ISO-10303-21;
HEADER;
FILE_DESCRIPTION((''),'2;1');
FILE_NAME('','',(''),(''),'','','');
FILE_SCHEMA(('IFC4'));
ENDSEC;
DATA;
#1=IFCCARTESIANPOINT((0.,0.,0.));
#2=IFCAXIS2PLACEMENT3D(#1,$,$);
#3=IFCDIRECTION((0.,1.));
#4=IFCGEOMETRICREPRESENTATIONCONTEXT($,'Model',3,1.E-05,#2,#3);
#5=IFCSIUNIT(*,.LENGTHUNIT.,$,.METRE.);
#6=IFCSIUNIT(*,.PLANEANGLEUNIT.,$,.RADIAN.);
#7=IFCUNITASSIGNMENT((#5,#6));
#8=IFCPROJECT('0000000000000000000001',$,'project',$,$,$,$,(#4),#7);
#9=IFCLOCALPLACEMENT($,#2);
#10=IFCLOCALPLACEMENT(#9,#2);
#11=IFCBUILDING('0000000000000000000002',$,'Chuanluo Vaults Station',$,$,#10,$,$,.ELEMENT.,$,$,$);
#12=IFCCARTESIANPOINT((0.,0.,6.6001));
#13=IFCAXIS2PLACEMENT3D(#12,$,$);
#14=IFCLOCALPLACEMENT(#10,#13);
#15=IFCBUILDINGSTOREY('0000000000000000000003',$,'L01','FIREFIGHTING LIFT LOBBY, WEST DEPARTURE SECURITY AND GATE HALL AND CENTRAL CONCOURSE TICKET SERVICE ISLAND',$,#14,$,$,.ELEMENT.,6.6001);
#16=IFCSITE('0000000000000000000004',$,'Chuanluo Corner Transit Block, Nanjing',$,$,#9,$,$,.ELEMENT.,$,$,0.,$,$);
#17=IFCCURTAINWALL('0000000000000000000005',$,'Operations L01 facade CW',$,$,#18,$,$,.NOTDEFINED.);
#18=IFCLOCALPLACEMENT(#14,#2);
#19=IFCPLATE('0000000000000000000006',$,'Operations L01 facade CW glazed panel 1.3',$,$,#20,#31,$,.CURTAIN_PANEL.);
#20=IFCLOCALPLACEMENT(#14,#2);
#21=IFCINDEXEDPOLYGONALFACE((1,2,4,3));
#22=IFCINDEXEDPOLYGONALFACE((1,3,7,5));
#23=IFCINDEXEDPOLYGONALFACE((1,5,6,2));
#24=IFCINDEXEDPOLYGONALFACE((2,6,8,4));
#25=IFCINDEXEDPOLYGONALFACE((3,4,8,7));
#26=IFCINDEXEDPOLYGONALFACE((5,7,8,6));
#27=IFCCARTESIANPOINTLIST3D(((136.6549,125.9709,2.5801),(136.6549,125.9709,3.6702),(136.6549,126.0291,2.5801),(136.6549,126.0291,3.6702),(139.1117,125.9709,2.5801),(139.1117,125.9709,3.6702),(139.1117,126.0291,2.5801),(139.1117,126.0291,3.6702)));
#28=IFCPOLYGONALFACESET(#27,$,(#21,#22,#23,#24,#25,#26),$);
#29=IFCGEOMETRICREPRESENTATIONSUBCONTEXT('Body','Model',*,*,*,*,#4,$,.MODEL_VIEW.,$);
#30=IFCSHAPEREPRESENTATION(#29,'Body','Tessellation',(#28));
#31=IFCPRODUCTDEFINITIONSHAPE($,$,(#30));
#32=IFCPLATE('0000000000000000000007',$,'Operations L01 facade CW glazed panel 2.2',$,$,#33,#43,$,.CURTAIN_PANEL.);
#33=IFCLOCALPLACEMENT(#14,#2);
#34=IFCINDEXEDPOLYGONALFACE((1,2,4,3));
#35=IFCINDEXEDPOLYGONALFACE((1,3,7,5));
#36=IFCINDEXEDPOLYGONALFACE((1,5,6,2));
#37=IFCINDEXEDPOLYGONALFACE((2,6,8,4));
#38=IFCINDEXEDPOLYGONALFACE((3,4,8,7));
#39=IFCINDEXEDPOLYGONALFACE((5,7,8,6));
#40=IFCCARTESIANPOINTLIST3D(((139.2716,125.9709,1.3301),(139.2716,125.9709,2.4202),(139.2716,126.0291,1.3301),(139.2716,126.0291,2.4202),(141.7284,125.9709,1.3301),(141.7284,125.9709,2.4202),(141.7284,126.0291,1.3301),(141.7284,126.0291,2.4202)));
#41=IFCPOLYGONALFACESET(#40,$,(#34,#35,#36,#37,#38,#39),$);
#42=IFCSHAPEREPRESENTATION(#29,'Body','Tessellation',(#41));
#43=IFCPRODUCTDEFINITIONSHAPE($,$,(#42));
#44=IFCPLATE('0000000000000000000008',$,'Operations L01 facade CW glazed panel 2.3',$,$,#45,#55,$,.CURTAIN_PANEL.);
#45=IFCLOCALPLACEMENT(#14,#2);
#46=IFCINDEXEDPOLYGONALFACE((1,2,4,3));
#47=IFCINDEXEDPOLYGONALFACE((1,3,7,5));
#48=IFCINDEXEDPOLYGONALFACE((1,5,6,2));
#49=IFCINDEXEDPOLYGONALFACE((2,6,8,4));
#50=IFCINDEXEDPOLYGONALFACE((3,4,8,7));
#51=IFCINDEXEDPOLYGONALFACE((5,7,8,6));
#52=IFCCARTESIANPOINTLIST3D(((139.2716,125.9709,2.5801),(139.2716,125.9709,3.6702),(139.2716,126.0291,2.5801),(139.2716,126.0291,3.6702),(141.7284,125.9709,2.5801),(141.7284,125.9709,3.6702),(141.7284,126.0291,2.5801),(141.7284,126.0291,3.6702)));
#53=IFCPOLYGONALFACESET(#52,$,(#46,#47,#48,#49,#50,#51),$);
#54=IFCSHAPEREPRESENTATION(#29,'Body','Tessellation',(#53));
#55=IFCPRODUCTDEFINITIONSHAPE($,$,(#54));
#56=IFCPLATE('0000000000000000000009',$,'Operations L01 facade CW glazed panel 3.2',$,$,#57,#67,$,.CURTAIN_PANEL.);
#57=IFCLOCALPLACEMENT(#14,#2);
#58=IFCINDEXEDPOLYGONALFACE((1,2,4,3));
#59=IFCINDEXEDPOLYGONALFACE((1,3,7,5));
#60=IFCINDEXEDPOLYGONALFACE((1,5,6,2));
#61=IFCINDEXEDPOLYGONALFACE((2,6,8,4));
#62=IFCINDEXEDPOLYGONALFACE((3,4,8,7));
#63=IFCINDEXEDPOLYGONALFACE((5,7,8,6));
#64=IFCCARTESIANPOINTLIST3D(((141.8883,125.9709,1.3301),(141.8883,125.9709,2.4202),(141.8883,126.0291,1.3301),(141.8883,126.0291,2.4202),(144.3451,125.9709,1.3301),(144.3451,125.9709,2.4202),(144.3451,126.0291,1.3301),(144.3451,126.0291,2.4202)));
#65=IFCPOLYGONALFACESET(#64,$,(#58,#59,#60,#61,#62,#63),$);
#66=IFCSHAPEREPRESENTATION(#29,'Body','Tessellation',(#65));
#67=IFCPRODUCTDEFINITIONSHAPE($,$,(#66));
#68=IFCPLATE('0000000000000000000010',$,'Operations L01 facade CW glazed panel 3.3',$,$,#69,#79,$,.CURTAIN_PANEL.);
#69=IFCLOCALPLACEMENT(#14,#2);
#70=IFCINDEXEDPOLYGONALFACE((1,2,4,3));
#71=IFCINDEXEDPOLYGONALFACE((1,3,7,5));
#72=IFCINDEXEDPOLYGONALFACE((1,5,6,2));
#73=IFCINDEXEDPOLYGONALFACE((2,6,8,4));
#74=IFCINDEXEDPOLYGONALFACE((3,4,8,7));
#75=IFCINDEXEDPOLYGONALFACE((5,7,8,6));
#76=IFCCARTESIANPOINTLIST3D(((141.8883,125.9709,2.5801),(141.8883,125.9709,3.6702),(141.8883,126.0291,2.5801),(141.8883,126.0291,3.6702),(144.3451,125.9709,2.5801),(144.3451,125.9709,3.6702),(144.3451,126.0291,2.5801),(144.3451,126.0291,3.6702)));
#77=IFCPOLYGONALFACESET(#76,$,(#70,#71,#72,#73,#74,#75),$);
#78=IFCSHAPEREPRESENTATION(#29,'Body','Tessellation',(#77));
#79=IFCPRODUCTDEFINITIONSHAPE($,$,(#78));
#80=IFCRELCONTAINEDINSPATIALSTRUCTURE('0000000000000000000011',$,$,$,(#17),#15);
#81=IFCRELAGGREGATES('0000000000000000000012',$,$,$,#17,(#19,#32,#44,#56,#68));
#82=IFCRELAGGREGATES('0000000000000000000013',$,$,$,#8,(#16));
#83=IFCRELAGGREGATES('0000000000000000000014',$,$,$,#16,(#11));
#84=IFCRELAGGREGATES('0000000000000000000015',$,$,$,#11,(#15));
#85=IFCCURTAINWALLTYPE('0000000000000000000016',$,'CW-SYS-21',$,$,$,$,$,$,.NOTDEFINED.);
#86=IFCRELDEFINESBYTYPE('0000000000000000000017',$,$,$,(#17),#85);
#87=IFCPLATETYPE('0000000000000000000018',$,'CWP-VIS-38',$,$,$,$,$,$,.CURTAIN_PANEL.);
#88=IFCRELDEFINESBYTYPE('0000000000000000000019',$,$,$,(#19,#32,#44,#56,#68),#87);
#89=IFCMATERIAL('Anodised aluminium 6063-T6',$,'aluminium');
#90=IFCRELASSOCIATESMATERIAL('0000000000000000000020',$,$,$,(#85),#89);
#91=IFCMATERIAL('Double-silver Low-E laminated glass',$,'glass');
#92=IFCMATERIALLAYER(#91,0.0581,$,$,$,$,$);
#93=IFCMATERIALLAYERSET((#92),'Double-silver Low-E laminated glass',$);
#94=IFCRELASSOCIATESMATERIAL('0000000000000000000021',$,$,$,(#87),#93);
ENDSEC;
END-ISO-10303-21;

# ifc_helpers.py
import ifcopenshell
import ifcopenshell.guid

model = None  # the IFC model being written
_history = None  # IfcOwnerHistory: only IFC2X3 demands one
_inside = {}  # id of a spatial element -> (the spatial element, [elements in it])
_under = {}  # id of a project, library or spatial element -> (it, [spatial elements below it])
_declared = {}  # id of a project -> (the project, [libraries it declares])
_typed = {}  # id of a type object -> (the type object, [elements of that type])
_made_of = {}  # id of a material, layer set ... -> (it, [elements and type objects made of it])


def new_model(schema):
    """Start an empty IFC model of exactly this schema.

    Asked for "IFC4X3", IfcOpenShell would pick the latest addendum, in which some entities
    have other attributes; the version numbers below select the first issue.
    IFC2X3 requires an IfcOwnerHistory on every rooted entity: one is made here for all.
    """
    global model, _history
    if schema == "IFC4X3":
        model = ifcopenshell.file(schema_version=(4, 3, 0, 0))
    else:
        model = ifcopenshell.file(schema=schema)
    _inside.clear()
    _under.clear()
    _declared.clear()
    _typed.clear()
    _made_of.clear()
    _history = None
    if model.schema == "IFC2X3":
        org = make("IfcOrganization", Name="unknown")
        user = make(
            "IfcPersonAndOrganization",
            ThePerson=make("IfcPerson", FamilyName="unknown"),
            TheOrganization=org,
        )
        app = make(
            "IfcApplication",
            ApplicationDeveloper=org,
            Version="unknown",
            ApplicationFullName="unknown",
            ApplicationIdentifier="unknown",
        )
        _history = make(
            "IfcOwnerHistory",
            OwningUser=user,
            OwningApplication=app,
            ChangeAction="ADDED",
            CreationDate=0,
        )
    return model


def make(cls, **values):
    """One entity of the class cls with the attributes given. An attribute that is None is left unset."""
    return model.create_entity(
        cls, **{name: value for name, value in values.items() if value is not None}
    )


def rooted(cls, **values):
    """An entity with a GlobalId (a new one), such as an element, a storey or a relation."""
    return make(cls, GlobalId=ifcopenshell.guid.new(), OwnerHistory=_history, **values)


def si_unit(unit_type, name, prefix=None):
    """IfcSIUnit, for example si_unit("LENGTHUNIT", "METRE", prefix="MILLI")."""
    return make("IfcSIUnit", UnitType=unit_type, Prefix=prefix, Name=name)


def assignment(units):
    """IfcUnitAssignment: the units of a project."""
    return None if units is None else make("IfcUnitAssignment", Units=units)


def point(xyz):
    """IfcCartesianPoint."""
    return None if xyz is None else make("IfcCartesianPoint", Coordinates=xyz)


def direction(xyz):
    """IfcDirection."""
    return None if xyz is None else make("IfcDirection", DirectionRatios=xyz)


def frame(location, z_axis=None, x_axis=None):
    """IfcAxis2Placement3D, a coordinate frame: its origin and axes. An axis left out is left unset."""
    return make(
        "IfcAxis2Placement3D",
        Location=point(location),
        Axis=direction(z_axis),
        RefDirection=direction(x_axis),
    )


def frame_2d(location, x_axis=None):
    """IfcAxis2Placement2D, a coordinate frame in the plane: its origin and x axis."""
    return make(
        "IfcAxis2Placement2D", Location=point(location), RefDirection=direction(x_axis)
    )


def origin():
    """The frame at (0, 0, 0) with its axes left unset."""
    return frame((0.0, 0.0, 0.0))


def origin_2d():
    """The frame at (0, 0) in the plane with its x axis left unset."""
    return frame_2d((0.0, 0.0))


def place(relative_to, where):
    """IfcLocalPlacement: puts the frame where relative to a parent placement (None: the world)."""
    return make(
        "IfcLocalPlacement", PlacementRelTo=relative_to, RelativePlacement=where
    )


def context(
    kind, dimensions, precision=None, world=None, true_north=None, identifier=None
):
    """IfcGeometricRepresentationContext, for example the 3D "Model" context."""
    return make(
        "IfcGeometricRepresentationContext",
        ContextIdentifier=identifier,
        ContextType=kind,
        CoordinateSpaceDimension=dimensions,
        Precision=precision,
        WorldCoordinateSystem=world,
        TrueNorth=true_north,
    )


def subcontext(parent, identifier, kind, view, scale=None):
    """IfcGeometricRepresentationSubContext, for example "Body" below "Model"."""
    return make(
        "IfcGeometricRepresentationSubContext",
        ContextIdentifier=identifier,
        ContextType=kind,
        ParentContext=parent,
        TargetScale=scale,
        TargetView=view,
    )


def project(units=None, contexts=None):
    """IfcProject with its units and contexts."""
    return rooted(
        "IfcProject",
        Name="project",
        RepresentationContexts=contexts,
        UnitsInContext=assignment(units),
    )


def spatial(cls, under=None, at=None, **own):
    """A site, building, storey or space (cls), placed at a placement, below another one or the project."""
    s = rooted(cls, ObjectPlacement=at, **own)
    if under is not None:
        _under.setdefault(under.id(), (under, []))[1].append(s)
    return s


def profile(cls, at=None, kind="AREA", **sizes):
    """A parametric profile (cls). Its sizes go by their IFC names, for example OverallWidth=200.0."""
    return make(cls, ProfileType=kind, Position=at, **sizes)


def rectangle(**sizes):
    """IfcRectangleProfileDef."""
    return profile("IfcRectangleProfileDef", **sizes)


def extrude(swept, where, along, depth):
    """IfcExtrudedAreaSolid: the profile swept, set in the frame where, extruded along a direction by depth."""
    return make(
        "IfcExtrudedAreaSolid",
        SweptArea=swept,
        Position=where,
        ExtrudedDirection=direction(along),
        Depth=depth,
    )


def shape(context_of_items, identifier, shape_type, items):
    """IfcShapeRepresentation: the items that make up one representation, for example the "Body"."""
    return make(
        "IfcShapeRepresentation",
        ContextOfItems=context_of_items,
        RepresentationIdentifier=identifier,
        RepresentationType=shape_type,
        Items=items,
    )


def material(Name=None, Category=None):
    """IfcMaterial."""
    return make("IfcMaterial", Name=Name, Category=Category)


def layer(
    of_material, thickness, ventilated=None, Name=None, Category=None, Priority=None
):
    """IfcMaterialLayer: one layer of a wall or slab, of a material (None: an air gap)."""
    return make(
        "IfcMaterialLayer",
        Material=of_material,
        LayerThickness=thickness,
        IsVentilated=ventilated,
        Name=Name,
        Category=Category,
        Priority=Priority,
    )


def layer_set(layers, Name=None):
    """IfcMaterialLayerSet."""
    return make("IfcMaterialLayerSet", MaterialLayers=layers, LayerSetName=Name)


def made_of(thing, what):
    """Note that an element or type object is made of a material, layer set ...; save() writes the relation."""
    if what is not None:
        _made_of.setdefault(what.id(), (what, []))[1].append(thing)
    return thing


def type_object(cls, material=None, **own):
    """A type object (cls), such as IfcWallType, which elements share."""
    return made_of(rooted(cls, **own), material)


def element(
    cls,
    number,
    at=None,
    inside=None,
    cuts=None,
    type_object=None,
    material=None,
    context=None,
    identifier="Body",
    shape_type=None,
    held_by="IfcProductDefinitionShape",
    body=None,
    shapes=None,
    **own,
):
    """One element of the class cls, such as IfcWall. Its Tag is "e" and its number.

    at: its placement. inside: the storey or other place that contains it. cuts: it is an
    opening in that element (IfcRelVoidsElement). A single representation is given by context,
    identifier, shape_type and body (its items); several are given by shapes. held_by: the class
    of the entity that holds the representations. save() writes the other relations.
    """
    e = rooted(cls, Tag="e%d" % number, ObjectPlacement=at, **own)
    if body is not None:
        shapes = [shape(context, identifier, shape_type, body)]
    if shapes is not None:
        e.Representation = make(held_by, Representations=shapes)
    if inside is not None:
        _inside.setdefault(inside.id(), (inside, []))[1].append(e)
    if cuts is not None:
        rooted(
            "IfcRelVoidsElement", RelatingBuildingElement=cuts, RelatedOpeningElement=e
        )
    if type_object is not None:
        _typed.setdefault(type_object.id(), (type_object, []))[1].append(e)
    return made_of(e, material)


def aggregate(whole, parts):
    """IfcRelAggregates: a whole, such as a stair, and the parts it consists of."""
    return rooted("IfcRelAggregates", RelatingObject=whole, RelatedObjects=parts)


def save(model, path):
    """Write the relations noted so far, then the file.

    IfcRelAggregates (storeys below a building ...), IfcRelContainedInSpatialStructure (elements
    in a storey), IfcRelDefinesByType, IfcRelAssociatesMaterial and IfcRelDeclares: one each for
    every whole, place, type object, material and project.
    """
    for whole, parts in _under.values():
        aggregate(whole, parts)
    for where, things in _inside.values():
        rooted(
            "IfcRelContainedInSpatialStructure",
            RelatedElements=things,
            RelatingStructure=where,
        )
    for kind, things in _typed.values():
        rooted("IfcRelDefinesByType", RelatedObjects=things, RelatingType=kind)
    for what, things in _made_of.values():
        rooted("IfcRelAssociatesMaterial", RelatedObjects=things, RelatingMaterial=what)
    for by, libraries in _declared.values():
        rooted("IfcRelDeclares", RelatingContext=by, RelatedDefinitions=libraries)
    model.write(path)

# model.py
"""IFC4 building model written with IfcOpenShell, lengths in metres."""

from ifc_helpers import new_model, si_unit, direction, frame, origin, origin_2d, place, context, subcontext, project, spatial, rectangle, extrude, material, layer, layer_set, type_object, element, aggregate, save


model = new_model("IFC4")

# Units and contexts
model_context = context("Model", 3, precision=1e-05, world=origin(), true_north=direction((0.0, 1.0)))
body_context = subcontext(model_context, "Body", "Model", "MODEL_VIEW")
ifc_project = project(units=[si_unit("LENGTHUNIT", "METRE"), si_unit("PLANEANGLEUNIT", "RADIAN")], contexts=[model_context])

# Site, building, storey
site_placement = place(None, origin())
site = spatial("IfcSite", under=ifc_project, at=site_placement, Name="Chuanluo Corner Transit Block, Nanjing", CompositionType="ELEMENT", RefElevation=0.0)
building_placement = place(site_placement, origin())
building = spatial("IfcBuilding", under=site, at=building_placement, Name="Chuanluo Vaults Station", CompositionType="ELEMENT")
storey_placement = place(building_placement, frame((0.0, 0.0, 6.6001)))
storey = spatial("IfcBuildingStorey", under=building, at=storey_placement, Name="L01", Description="FIREFIGHTING LIFT LOBBY, WEST DEPARTURE SECURITY AND GATE HALL AND CENTRAL CONCOURSE TICKET SERVICE ISLAND", CompositionType="ELEMENT", Elevation=6.6001)

# Curtain wall, plates
ifc_material_1 = material(Name="Anodised aluminium 6063-T6", Category="aluminium")
curtain_wall_type = type_object("IfcCurtainWallType", Name="CW-SYS-21", PredefinedType="NOTDEFINED", material=ifc_material_1)
curtain_wall_placement = place(storey_placement, origin())
curtain_wall = element("IfcCurtainWall", 1, at=curtain_wall_placement, inside=storey, type_object=curtain_wall_type, Name="Operations L01 facade CW", PredefinedType="NOTDEFINED")
ifc_material_2 = material(Name="Double-silver Low-E laminated glass", Category="glass")
ifc_layer_1 = layer(ifc_material_2, 0.0581)
ifc_layer_set_1 = layer_set([ifc_layer_1], Name="Double-silver Low-E laminated glass")
plate_type_1 = type_object("IfcPlateType", Name="CWP-VIS-38", PredefinedType="CURTAIN_PANEL", material=ifc_layer_set_1)
plate_1_placement = place(storey_placement, frame((137.8833, 126.0, 2.5801), z_axis=(0.0, 0.0, 1.0), x_axis=(1.0, 0.0, 0.0)))
plate_1 = element("IfcPlate", 2, at=plate_1_placement, type_object=plate_type_1, Name="Operations L01 facade CW glazed panel 1.3", PredefinedType="CURTAIN_PANEL", context=body_context, shape_type="SweptSolid", body=[
    extrude(rectangle(XDim=2.4568, YDim=0.0581, at=origin_2d()), origin(), (0.0, 0.0, 1.0), 1.0901),
])
plate_2_placement = place(storey_placement, frame((140.5, 126.0, 1.3301), z_axis=(0.0, 0.0, 1.0), x_axis=(1.0, 0.0, 0.0)))
plate_2 = element("IfcPlate", 3, at=plate_2_placement, type_object=plate_type_1, Name="Operations L01 facade CW glazed panel 2.2", PredefinedType="CURTAIN_PANEL", context=body_context, shape_type="SweptSolid", body=[
    extrude(rectangle(XDim=2.4568, YDim=0.0581, at=origin_2d()), origin(), (0.0, 0.0, 1.0), 1.0901),
])
plate_3_placement = place(storey_placement, frame((140.5, 126.0, 2.5801), z_axis=(0.0, 0.0, 1.0), x_axis=(1.0, 0.0, 0.0)))
plate_3 = element("IfcPlate", 4, at=plate_3_placement, type_object=plate_type_1, Name="Operations L01 facade CW glazed panel 2.3", PredefinedType="CURTAIN_PANEL", context=body_context, shape_type="SweptSolid", body=[
    extrude(rectangle(XDim=2.4568, YDim=0.0581, at=origin_2d()), origin(), (0.0, 0.0, 1.0), 1.0901),
])
plate_4_placement = place(storey_placement, frame((143.1167, 126.0, 1.3301), z_axis=(0.0, 0.0, 1.0), x_axis=(1.0, 0.0, 0.0)))
plate_4 = element("IfcPlate", 5, at=plate_4_placement, type_object=plate_type_1, Name="Operations L01 facade CW glazed panel 3.2", PredefinedType="CURTAIN_PANEL", context=body_context, shape_type="SweptSolid", body=[
    extrude(rectangle(XDim=2.4568, YDim=0.0581, at=origin_2d()), origin(), (0.0, 0.0, 1.0), 1.0901),
])
plate_5_placement = place(storey_placement, frame((143.1167, 126.0, 2.5801), z_axis=(0.0, 0.0, 1.0), x_axis=(1.0, 0.0, 0.0)))
plate_5 = element("IfcPlate", 6, at=plate_5_placement, type_object=plate_type_1, Name="Operations L01 facade CW glazed panel 3.3", PredefinedType="CURTAIN_PANEL", context=body_context, shape_type="SweptSolid", body=[
    extrude(rectangle(XDim=2.4568, YDim=0.0581, at=origin_2d()), origin(), (0.0, 0.0, 1.0), 1.0901),
])
aggregate(curtain_wall, [plate_1, plate_2, plate_3, plate_4, plate_5])

save(model, "model.ifc")
